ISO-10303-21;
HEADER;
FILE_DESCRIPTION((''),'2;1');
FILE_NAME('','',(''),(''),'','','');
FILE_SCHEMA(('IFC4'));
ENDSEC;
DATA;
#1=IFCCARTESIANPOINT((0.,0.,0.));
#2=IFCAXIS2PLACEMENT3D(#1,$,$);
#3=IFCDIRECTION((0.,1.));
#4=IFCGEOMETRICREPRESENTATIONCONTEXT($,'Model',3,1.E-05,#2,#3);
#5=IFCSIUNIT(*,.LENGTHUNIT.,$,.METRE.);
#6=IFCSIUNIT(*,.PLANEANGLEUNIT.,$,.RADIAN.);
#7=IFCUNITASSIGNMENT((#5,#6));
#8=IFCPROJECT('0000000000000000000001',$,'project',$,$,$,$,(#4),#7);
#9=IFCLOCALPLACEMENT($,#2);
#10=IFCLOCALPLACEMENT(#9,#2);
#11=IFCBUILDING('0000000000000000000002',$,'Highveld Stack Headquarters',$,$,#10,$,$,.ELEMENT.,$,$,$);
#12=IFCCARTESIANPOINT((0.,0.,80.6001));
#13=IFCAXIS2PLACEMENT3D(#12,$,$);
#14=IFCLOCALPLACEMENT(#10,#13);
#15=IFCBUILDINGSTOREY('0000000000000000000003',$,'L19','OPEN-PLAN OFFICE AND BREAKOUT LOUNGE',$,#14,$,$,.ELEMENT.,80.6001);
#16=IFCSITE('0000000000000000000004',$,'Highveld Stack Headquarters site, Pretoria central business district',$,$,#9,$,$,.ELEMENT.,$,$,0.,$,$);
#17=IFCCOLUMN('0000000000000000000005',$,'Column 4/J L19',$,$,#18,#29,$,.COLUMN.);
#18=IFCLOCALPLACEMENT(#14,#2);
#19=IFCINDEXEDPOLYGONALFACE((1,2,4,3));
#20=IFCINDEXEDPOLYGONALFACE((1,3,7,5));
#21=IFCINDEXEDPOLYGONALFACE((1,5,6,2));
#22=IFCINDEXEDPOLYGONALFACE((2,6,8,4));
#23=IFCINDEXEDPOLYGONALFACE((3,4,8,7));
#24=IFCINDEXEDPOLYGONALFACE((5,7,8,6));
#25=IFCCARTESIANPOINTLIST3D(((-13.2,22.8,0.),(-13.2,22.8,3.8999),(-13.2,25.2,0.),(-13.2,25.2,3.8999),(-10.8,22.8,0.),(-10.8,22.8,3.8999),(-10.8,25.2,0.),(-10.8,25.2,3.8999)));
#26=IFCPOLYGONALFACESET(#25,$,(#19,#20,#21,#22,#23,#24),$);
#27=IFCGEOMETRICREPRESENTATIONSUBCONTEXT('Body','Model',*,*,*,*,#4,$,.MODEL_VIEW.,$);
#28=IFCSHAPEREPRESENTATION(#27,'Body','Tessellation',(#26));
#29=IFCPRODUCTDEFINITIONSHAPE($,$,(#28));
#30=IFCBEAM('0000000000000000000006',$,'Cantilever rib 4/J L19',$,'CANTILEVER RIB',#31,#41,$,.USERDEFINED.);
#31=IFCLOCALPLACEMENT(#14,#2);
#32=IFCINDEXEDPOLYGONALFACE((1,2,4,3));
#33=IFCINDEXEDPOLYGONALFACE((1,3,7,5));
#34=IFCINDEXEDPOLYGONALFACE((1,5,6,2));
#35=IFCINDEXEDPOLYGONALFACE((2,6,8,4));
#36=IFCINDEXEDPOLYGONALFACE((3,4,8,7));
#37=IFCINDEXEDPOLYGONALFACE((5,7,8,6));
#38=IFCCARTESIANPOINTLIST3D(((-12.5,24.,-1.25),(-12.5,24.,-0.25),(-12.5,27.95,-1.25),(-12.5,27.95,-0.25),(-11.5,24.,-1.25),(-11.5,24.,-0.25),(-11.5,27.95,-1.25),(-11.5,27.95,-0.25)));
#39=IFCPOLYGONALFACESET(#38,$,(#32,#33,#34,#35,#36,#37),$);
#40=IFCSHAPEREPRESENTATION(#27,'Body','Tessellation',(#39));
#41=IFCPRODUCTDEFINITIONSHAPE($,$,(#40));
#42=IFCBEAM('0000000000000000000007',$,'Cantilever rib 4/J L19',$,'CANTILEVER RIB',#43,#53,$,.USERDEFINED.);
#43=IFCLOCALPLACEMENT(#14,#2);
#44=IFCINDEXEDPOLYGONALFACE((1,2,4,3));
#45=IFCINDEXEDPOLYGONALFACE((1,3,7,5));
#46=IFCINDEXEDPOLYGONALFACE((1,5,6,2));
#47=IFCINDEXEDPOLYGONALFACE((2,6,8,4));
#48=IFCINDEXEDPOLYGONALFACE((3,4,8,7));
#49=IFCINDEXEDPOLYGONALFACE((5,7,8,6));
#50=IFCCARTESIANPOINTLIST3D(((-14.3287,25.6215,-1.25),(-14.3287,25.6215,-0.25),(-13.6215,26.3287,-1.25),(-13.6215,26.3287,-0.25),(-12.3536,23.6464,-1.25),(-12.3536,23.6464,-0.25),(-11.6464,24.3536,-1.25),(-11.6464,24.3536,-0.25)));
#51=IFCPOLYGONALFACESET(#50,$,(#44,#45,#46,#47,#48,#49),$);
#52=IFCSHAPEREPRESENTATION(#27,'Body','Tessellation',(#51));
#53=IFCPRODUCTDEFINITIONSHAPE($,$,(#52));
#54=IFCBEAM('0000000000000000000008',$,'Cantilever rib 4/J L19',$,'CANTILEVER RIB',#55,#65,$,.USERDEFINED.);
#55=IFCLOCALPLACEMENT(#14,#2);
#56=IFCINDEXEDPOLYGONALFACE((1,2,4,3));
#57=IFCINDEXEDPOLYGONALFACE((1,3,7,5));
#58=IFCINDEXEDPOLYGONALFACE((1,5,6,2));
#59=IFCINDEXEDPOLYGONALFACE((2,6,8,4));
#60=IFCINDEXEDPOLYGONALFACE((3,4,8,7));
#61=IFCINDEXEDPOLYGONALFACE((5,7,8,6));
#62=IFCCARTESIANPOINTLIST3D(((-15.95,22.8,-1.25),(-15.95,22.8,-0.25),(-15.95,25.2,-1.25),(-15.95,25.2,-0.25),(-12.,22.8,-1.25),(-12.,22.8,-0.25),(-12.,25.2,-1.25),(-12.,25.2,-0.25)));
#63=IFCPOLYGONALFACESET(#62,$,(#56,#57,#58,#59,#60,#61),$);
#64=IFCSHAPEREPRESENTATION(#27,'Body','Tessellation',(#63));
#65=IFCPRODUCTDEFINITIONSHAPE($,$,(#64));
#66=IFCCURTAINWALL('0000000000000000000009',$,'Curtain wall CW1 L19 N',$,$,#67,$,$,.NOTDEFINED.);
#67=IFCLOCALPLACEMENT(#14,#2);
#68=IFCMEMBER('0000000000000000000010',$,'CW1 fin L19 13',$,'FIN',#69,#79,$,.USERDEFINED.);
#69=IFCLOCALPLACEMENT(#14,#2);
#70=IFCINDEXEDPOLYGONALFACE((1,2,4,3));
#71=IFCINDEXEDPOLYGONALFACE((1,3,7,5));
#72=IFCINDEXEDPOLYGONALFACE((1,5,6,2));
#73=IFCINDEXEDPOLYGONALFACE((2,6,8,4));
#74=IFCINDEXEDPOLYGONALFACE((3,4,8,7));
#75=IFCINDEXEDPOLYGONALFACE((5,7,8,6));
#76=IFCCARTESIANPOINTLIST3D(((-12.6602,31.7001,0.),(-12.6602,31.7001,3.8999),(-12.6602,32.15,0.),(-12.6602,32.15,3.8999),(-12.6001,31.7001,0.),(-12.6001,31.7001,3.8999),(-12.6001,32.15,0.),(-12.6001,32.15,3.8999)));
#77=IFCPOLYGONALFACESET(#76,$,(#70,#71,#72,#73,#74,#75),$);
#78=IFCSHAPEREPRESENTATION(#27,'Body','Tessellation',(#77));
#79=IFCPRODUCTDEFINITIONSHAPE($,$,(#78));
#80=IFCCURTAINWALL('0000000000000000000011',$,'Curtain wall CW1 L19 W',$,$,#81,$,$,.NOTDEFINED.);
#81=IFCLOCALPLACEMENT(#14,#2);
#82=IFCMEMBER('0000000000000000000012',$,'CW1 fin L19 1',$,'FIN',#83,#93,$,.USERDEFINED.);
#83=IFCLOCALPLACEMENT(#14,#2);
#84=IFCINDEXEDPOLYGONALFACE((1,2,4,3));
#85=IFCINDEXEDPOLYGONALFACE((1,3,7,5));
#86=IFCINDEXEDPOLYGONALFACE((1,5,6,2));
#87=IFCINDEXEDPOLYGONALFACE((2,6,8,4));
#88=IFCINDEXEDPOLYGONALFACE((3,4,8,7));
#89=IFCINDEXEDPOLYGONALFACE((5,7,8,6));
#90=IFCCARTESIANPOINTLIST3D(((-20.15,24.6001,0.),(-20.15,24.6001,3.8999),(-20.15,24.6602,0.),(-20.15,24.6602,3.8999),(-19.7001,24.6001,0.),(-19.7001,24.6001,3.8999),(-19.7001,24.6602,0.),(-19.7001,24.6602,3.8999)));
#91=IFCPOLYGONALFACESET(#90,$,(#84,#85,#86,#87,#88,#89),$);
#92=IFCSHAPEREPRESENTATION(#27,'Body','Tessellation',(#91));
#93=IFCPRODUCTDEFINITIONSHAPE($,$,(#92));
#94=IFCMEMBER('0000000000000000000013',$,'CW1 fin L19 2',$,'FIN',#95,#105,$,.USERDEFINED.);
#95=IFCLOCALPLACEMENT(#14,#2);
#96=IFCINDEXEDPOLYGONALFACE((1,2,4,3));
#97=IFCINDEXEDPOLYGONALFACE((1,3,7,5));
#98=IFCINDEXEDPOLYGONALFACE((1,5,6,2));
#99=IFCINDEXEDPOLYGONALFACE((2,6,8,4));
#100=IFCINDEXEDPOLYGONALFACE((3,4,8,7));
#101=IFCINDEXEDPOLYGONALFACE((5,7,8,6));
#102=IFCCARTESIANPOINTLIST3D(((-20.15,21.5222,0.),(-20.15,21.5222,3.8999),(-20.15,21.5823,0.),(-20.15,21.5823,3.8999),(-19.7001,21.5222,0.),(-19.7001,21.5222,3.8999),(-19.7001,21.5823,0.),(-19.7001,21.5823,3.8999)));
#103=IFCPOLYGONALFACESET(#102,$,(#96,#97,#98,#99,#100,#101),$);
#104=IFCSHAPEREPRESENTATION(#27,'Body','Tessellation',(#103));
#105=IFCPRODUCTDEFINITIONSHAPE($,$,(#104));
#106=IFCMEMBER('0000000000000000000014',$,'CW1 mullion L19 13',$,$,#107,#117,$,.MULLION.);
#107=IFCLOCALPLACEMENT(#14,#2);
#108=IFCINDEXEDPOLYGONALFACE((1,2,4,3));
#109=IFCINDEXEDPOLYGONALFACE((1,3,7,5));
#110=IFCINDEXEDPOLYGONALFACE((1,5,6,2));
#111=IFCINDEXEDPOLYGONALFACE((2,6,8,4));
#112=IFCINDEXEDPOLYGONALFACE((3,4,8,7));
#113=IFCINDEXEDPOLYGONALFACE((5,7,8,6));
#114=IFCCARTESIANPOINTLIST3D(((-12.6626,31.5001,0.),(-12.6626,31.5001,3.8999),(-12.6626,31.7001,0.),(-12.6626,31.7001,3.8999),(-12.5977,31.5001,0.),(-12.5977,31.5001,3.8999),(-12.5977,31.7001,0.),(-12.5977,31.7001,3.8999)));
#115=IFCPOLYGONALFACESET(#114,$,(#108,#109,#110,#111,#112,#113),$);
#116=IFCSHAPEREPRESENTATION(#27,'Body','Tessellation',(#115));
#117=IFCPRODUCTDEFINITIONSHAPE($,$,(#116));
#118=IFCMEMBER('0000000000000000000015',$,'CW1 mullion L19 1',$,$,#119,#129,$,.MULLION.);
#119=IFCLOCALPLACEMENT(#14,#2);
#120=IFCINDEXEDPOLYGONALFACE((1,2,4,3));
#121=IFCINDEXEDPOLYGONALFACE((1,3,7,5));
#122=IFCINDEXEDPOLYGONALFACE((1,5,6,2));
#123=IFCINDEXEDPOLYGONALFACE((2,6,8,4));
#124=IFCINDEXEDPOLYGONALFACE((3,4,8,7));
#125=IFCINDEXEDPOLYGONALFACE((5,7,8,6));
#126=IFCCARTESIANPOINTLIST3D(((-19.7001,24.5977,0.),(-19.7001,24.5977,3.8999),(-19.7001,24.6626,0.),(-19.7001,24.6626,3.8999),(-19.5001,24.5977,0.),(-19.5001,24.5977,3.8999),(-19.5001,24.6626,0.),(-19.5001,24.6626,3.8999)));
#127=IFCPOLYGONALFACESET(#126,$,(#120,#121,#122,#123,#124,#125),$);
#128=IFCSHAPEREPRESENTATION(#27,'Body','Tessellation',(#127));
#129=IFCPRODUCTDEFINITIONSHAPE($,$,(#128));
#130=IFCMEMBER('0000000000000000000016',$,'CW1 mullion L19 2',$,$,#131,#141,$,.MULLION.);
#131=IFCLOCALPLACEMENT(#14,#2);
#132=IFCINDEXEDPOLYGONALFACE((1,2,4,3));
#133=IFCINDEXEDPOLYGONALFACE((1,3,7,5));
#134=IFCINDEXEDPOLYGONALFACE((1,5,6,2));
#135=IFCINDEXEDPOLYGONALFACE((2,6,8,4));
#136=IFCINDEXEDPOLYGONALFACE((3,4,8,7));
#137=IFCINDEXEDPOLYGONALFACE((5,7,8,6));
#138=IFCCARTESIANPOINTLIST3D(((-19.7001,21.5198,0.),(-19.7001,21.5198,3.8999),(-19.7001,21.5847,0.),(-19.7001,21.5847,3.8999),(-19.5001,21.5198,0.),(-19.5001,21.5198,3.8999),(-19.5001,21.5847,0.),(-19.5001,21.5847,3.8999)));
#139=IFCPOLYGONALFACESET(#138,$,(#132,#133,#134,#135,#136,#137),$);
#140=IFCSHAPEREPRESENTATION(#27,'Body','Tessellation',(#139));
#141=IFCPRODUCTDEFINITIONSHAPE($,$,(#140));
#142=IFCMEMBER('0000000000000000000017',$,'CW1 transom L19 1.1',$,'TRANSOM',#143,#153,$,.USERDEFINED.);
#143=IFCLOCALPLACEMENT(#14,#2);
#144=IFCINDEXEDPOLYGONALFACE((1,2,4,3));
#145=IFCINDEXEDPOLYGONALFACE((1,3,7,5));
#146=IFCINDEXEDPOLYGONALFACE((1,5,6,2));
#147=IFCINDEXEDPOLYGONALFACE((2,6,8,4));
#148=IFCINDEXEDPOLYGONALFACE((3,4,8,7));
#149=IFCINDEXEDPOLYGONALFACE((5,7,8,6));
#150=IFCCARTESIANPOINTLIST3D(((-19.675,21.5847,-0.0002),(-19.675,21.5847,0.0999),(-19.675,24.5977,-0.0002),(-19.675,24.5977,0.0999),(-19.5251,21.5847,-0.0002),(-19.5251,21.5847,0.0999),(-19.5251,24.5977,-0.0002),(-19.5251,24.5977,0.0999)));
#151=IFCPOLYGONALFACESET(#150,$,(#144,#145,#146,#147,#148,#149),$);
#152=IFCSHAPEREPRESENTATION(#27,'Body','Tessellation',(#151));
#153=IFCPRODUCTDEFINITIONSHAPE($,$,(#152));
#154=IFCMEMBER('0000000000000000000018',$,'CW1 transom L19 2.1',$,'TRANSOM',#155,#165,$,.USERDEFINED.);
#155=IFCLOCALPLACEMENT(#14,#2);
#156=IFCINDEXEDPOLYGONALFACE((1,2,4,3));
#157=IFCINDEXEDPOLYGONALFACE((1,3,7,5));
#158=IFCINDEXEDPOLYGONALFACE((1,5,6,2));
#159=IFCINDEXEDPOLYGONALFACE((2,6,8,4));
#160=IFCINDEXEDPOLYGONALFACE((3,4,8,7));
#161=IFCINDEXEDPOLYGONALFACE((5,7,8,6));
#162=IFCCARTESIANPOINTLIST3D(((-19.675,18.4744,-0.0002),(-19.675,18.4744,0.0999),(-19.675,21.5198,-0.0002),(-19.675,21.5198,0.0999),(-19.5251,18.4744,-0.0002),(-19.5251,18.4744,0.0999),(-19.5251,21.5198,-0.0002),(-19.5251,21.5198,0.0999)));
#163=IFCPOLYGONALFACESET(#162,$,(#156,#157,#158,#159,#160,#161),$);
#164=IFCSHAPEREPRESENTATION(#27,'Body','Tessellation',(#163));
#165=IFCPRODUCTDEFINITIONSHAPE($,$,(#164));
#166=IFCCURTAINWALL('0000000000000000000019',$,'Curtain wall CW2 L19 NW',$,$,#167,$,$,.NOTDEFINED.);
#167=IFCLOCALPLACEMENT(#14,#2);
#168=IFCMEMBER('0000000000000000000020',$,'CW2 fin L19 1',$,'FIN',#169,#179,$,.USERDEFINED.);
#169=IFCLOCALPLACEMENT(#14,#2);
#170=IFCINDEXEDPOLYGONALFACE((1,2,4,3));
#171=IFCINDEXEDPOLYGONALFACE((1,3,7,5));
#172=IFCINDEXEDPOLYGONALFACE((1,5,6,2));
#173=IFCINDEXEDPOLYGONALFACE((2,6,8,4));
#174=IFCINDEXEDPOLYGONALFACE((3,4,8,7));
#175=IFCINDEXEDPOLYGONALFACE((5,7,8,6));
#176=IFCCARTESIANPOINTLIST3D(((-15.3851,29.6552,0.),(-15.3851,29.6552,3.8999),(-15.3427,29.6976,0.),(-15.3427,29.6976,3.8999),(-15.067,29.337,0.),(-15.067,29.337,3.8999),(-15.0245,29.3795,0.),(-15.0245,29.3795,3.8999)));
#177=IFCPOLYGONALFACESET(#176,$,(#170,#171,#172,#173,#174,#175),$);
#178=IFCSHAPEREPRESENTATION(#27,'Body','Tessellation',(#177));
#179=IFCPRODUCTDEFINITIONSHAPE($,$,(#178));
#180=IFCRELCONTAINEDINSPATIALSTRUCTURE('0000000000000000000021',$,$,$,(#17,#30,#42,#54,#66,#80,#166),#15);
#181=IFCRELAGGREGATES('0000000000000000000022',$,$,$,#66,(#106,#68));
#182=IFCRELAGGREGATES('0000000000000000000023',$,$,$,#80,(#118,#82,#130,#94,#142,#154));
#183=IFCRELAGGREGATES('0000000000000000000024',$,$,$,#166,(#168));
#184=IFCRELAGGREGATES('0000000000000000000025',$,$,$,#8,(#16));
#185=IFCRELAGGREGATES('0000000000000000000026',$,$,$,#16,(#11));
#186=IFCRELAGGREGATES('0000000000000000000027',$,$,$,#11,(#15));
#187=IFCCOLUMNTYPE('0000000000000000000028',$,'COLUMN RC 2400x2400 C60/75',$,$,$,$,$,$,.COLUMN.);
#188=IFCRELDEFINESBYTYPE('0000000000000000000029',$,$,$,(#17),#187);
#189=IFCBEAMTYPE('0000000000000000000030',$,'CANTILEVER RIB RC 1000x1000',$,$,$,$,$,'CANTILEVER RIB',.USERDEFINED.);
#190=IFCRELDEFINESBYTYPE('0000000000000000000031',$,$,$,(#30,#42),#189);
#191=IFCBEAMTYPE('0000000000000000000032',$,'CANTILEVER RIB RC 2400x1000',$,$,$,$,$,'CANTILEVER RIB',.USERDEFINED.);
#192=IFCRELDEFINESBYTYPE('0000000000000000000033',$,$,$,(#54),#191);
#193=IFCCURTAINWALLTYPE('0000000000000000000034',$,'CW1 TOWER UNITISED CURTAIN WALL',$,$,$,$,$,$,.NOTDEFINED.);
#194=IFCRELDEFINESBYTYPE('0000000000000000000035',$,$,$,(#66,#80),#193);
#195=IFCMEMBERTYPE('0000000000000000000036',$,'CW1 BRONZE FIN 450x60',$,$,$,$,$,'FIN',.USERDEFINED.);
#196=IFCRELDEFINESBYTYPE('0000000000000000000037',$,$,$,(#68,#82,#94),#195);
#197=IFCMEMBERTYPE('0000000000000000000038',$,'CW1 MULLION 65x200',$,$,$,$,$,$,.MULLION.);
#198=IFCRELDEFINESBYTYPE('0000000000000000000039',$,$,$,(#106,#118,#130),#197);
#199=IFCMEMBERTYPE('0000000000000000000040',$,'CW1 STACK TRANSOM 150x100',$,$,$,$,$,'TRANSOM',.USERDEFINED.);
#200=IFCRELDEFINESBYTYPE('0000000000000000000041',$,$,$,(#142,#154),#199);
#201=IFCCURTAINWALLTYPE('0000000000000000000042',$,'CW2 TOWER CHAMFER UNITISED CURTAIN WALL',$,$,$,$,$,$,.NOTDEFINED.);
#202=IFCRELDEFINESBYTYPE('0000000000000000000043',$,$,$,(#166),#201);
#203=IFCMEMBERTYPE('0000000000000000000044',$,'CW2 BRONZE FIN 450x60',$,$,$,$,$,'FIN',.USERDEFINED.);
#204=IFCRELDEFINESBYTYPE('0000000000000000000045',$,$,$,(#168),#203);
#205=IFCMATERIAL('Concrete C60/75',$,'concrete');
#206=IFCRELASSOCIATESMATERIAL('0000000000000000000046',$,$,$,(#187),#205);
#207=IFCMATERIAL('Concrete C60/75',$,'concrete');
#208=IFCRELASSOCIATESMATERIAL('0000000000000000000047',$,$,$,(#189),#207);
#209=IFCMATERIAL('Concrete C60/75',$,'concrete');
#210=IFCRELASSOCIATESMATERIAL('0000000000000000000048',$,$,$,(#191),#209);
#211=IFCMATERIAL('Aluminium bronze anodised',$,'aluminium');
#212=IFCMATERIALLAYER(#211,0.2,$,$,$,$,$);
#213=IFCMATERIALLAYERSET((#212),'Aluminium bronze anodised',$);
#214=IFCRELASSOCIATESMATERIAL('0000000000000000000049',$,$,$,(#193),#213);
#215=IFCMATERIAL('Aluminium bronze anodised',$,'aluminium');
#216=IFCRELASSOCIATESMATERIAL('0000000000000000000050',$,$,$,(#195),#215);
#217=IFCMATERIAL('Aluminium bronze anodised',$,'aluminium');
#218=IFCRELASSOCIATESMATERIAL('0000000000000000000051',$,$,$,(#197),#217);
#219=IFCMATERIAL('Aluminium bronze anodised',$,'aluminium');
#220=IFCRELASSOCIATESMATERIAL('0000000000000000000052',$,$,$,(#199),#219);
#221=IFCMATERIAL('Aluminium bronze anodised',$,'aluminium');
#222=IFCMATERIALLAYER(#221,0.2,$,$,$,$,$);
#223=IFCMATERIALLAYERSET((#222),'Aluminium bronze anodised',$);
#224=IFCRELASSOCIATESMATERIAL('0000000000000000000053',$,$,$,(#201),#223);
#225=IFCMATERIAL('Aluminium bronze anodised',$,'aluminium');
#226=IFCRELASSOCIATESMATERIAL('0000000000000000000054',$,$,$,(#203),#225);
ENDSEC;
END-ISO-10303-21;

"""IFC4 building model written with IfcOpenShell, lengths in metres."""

from ifc_helpers import new_model, si_unit, direction, frame, origin, origin_2d, place, context, subcontext, project, spatial, rectangle, extrude, material, layer, layer_set, material_profile, profile_set, type_object, element, aggregate, save


model = new_model("IFC4")

# Units and contexts
model_context = context("Model", 3, precision=1e-05, world=origin(), true_north=direction((0.0, 1.0)))
body_context = subcontext(model_context, "Body", "Model", "MODEL_VIEW")
ifc_project = project(units=[si_unit("LENGTHUNIT", "METRE"), si_unit("PLANEANGLEUNIT", "RADIAN")], contexts=[model_context])

# Site, building, storey
site_placement = place(None, origin())
site = spatial("IfcSite", under=ifc_project, at=site_placement, Name="Highveld Stack Headquarters site, Pretoria central business district", CompositionType="ELEMENT", RefElevation=0.0)
building_placement = place(site_placement, origin())
building = spatial("IfcBuilding", under=site, at=building_placement, Name="Highveld Stack Headquarters", CompositionType="ELEMENT")
storey_placement = place(building_placement, frame((0.0, 0.0, 80.6001)))
storey = spatial("IfcBuildingStorey", under=building, at=storey_placement, Name="L19", Description="OPEN-PLAN OFFICE AND BREAKOUT LOUNGE", CompositionType="ELEMENT", Elevation=80.6001)

# Column
ifc_material_1 = material(Name="Concrete C60/75", Category="concrete")
ifc_material_profile_1 = material_profile(ifc_material_1, rectangle(XDim=2.3999, YDim=2.3999, at=origin_2d()), Name="RC 2400x2400")
ifc_profile_set_1 = profile_set([ifc_material_profile_1], Name="Concrete C60/75")
column_type = type_object("IfcColumnType", Name="COLUMN RC 2400x2400 C60/75", PredefinedType="COLUMN", material=ifc_profile_set_1)
column_placement = place(storey_placement, frame((-12.0, 24.0, 0.0), z_axis=(0.0, 0.0, 1.0), x_axis=(1.0, 0.0, 0.0)))
element("IfcColumn", 1, at=column_placement, inside=storey, type_object=column_type, Name="Column 4/J L19", PredefinedType="COLUMN", context=body_context, shape_type="SweptSolid", body=[
    extrude(rectangle(XDim=2.3999, YDim=2.3999, at=origin_2d()), origin(), (0.0, 0.0, 1.0), 3.8999),
])

# Beams
ifc_material_2 = material(Name="Concrete C60/75", Category="concrete")
ifc_material_profile_2 = material_profile(ifc_material_2, rectangle(XDim=1.0, YDim=1.0, at=origin_2d()), Name="RC 1000x1000")
ifc_profile_set_2 = profile_set([ifc_material_profile_2], Name="Concrete C60/75")
beam_type_1 = type_object("IfcBeamType", Name="CANTILEVER RIB RC 1000x1000", ElementType="CANTILEVER RIB", PredefinedType="USERDEFINED", material=ifc_profile_set_2)
beam_1_placement = place(storey_placement, frame((-12.0, 24.0, -0.75), z_axis=(0.0, 1.0, 0.0), x_axis=(-1.0, 0.0, 0.0)))
element("IfcBeam", 2, at=beam_1_placement, inside=storey, type_object=beam_type_1, Name="Cantilever rib 4/J L19", ObjectType="CANTILEVER RIB", PredefinedType="USERDEFINED", context=body_context, shape_type="SweptSolid", body=[
    extrude(rectangle(XDim=1.0, YDim=1.0, at=origin_2d()), origin(), (0.0, 0.0, 1.0), 3.95),
])
beam_2_placement = place(storey_placement, frame((-12.0, 24.0, -0.75), z_axis=(-0.707107, 0.707107, 0.0), x_axis=(-0.707107, -0.707107, 0.0)))
element("IfcBeam", 3, at=beam_2_placement, inside=storey, type_object=beam_type_1, Name="Cantilever rib 4/J L19", ObjectType="CANTILEVER RIB", PredefinedType="USERDEFINED", context=body_context, shape_type="SweptSolid", body=[
    extrude(rectangle(XDim=1.0, YDim=1.0, at=origin_2d()), origin(), (0.0, 0.0, 1.0), 2.7932),
])
ifc_material_3 = material(Name="Concrete C60/75", Category="concrete")
ifc_material_profile_3 = material_profile(ifc_material_3, rectangle(XDim=2.3999, YDim=1.0, at=origin_2d()), Name="RC 2400x1000")
ifc_profile_set_3 = profile_set([ifc_material_profile_3], Name="Concrete C60/75")
beam_type_2 = type_object("IfcBeamType", Name="CANTILEVER RIB RC 2400x1000", ElementType="CANTILEVER RIB", PredefinedType="USERDEFINED", material=ifc_profile_set_3)
beam_3_placement = place(storey_placement, frame((-12.0, 24.0, -0.75), z_axis=(-1.0, 0.0, 0.0), x_axis=(0.0, -1.0, 0.0)))
element("IfcBeam", 4, at=beam_3_placement, inside=storey, type_object=beam_type_2, Name="Cantilever rib 4/J L19", ObjectType="CANTILEVER RIB", PredefinedType="USERDEFINED", context=body_context, shape_type="SweptSolid", body=[
    extrude(rectangle(XDim=2.3999, YDim=1.0, at=origin_2d()), origin(), (0.0, 0.0, 1.0), 3.95),
])

# Curtain wall, member
ifc_material_4 = material(Name="Aluminium bronze anodised", Category="aluminium")
ifc_layer_1 = layer(ifc_material_4, 0.2)
ifc_layer_set_1 = layer_set([ifc_layer_1], Name="Aluminium bronze anodised")
curtain_wall_type_1 = type_object("IfcCurtainWallType", Name="CW1 TOWER UNITISED CURTAIN WALL", PredefinedType="NOTDEFINED", material=ifc_layer_set_1)
curtain_wall_1_placement = place(storey_placement, origin())
curtain_wall_1 = element("IfcCurtainWall", 5, at=curtain_wall_1_placement, inside=storey, type_object=curtain_wall_type_1, Name="Curtain wall CW1 L19 N", PredefinedType="NOTDEFINED")
ifc_material_5 = material(Name="Aluminium bronze anodised", Category="aluminium")
ifc_material_profile_4 = material_profile(ifc_material_5, rectangle(XDim=0.45, YDim=0.0601, at=origin_2d()), Name="FIN 450x60")
ifc_profile_set_4 = profile_set([ifc_material_profile_4], Name="Aluminium bronze anodised")
member_type_1 = type_object("IfcMemberType", Name="CW1 BRONZE FIN 450x60", ElementType="FIN", PredefinedType="USERDEFINED", material=ifc_profile_set_4)
member_1_placement = place(storey_placement, frame((-12.6301, 31.925, 0.0), z_axis=(0.0, 0.0, 1.0), x_axis=(0.0, -1.0, 0.0)))
member_1 = element("IfcMember", 6, at=member_1_placement, type_object=member_type_1, Name="CW1 fin L19 13", ObjectType="FIN", PredefinedType="USERDEFINED", context=body_context, shape_type="SweptSolid", body=[
    extrude(rectangle(XDim=0.45, YDim=0.0601, at=origin_2d()), origin(), (0.0, 0.0, 1.0), 3.8999),
])

# Curtain wall, members
curtain_wall_2_placement = place(storey_placement, origin())
curtain_wall_2 = element("IfcCurtainWall", 7, at=curtain_wall_2_placement, inside=storey, type_object=curtain_wall_type_1, Name="Curtain wall CW1 L19 W", PredefinedType="NOTDEFINED")
member_2_placement = place(storey_placement, frame((-19.925, 24.6301, 0.0), z_axis=(0.0, 0.0, 1.0), x_axis=(1.0, 0.0, 0.0)))
member_2 = element("IfcMember", 8, at=member_2_placement, type_object=member_type_1, Name="CW1 fin L19 1", ObjectType="FIN", PredefinedType="USERDEFINED", context=body_context, shape_type="SweptSolid", body=[
    extrude(rectangle(XDim=0.45, YDim=0.0601, at=origin_2d()), origin(), (0.0, 0.0, 1.0), 3.8999),
])
member_3_placement = place(storey_placement, frame((-19.925, 21.5522, 0.0), z_axis=(0.0, 0.0, 1.0), x_axis=(1.0, 0.0, 0.0)))
member_3 = element("IfcMember", 9, at=member_3_placement, type_object=member_type_1, Name="CW1 fin L19 2", ObjectType="FIN", PredefinedType="USERDEFINED", context=body_context, shape_type="SweptSolid", body=[
    extrude(rectangle(XDim=0.45, YDim=0.0601, at=origin_2d()), origin(), (0.0, 0.0, 1.0), 3.8999),
])

# Members
ifc_material_6 = material(Name="Aluminium bronze anodised", Category="aluminium")
ifc_material_profile_5 = material_profile(ifc_material_6, rectangle(XDim=0.2, YDim=0.0649, at=origin_2d()), Name="CW1 MULLION 65x200")
ifc_profile_set_5 = profile_set([ifc_material_profile_5], Name="Aluminium bronze anodised")
member_type_2 = type_object("IfcMemberType", Name="CW1 MULLION 65x200", PredefinedType="MULLION", material=ifc_profile_set_5)
member_4_placement = place(storey_placement, frame((-12.6301, 31.6001, 0.0), z_axis=(0.0, 0.0, 1.0), x_axis=(0.0, -1.0, 0.0)))
member_4 = element("IfcMember", 10, at=member_4_placement, type_object=member_type_2, Name="CW1 mullion L19 13", PredefinedType="MULLION", context=body_context, shape_type="SweptSolid", body=[
    extrude(rectangle(XDim=0.2, YDim=0.0649, at=origin_2d()), origin(), (0.0, 0.0, 1.0), 3.8999),
])
aggregate(curtain_wall_1, [member_4, member_1])
member_5_placement = place(storey_placement, frame((-19.6001, 24.6301, 0.0), z_axis=(0.0, 0.0, 1.0), x_axis=(1.0, 0.0, 0.0)))
member_5 = element("IfcMember", 11, at=member_5_placement, type_object=member_type_2, Name="CW1 mullion L19 1", PredefinedType="MULLION", context=body_context, shape_type="SweptSolid", body=[
    extrude(rectangle(XDim=0.2, YDim=0.0649, at=origin_2d()), origin(), (0.0, 0.0, 1.0), 3.8999),
])
member_6_placement = place(storey_placement, frame((-19.6001, 21.5522, 0.0), z_axis=(0.0, 0.0, 1.0), x_axis=(1.0, 0.0, 0.0)))
member_6 = element("IfcMember", 12, at=member_6_placement, type_object=member_type_2, Name="CW1 mullion L19 2", PredefinedType="MULLION", context=body_context, shape_type="SweptSolid", body=[
    extrude(rectangle(XDim=0.2, YDim=0.0649, at=origin_2d()), origin(), (0.0, 0.0, 1.0), 3.8999),
])
ifc_material_7 = material(Name="Aluminium bronze anodised", Category="aluminium")
ifc_material_profile_6 = material_profile(ifc_material_7, rectangle(XDim=0.1499, YDim=0.1001, at=origin_2d()), Name="CW1 TRANSOM 150x100")
ifc_profile_set_6 = profile_set([ifc_material_profile_6], Name="Aluminium bronze anodised")
member_type_3 = type_object("IfcMemberType", Name="CW1 STACK TRANSOM 150x100", ElementType="TRANSOM", PredefinedType="USERDEFINED", material=ifc_profile_set_6)
member_7_placement = place(storey_placement, frame((-19.6001, 24.5977, 0.0498), z_axis=(0.0, -1.0, 0.0), x_axis=(1.0, 0.0, 0.0)))
member_7 = element("IfcMember", 13, at=member_7_placement, type_object=member_type_3, Name="CW1 transom L19 1.1", ObjectType="TRANSOM", PredefinedType="USERDEFINED", context=body_context, shape_type="SweptSolid", body=[
    extrude(rectangle(XDim=0.1499, YDim=0.1001, at=origin_2d()), origin(), (0.0, 0.0, 1.0), 3.0129),
])
member_8_placement = place(storey_placement, frame((-19.6001, 21.5198, 0.0498), z_axis=(0.0, -1.0, 0.0), x_axis=(1.0, 0.0, 0.0)))
member_8 = element("IfcMember", 14, at=member_8_placement, type_object=member_type_3, Name="CW1 transom L19 2.1", ObjectType="TRANSOM", PredefinedType="USERDEFINED", context=body_context, shape_type="SweptSolid", body=[
    extrude(rectangle(XDim=0.1499, YDim=0.1001, at=origin_2d()), origin(), (0.0, 0.0, 1.0), 3.0454),
])

# Curtain wall, member
ifc_material_8 = material(Name="Aluminium bronze anodised", Category="aluminium")
ifc_layer_2 = layer(ifc_material_8, 0.2)
ifc_layer_set_2 = layer_set([ifc_layer_2], Name="Aluminium bronze anodised")
curtain_wall_type_2 = type_object("IfcCurtainWallType", Name="CW2 TOWER CHAMFER UNITISED CURTAIN WALL", PredefinedType="NOTDEFINED", material=ifc_layer_set_2)
curtain_wall_3_placement = place(storey_placement, origin())
curtain_wall_3 = element("IfcCurtainWall", 15, at=curtain_wall_3_placement, inside=storey, type_object=curtain_wall_type_2, Name="Curtain wall CW2 L19 NW", PredefinedType="NOTDEFINED")
ifc_material_9 = material(Name="Aluminium bronze anodised", Category="aluminium")
ifc_material_profile_7 = material_profile(ifc_material_9, rectangle(XDim=0.45, YDim=0.0601, at=origin_2d()), Name="FIN 450x60")
ifc_profile_set_7 = profile_set([ifc_material_profile_7], Name="Aluminium bronze anodised")
member_type_4 = type_object("IfcMemberType", Name="CW2 BRONZE FIN 450x60", ElementType="FIN", PredefinedType="USERDEFINED", material=ifc_profile_set_7)
member_9_placement = place(storey_placement, frame((-15.2048, 29.5173, 0.0), z_axis=(0.0, 0.0, 1.0), x_axis=(0.707107, -0.707107, 0.0)))
member_9 = element("IfcMember", 16, at=member_9_placement, type_object=member_type_4, Name="CW2 fin L19 1", ObjectType="FIN", PredefinedType="USERDEFINED", context=body_context, shape_type="SweptSolid", body=[
    extrude(rectangle(XDim=0.45, YDim=0.0601, at=origin_2d()), origin(), (0.0, 0.0, 1.0), 3.8999),
])

aggregate(curtain_wall_2, [member_5, member_2, member_6, member_3, member_7, member_8])
aggregate(curtain_wall_3, [member_9])

save(model, "model.ifc")
